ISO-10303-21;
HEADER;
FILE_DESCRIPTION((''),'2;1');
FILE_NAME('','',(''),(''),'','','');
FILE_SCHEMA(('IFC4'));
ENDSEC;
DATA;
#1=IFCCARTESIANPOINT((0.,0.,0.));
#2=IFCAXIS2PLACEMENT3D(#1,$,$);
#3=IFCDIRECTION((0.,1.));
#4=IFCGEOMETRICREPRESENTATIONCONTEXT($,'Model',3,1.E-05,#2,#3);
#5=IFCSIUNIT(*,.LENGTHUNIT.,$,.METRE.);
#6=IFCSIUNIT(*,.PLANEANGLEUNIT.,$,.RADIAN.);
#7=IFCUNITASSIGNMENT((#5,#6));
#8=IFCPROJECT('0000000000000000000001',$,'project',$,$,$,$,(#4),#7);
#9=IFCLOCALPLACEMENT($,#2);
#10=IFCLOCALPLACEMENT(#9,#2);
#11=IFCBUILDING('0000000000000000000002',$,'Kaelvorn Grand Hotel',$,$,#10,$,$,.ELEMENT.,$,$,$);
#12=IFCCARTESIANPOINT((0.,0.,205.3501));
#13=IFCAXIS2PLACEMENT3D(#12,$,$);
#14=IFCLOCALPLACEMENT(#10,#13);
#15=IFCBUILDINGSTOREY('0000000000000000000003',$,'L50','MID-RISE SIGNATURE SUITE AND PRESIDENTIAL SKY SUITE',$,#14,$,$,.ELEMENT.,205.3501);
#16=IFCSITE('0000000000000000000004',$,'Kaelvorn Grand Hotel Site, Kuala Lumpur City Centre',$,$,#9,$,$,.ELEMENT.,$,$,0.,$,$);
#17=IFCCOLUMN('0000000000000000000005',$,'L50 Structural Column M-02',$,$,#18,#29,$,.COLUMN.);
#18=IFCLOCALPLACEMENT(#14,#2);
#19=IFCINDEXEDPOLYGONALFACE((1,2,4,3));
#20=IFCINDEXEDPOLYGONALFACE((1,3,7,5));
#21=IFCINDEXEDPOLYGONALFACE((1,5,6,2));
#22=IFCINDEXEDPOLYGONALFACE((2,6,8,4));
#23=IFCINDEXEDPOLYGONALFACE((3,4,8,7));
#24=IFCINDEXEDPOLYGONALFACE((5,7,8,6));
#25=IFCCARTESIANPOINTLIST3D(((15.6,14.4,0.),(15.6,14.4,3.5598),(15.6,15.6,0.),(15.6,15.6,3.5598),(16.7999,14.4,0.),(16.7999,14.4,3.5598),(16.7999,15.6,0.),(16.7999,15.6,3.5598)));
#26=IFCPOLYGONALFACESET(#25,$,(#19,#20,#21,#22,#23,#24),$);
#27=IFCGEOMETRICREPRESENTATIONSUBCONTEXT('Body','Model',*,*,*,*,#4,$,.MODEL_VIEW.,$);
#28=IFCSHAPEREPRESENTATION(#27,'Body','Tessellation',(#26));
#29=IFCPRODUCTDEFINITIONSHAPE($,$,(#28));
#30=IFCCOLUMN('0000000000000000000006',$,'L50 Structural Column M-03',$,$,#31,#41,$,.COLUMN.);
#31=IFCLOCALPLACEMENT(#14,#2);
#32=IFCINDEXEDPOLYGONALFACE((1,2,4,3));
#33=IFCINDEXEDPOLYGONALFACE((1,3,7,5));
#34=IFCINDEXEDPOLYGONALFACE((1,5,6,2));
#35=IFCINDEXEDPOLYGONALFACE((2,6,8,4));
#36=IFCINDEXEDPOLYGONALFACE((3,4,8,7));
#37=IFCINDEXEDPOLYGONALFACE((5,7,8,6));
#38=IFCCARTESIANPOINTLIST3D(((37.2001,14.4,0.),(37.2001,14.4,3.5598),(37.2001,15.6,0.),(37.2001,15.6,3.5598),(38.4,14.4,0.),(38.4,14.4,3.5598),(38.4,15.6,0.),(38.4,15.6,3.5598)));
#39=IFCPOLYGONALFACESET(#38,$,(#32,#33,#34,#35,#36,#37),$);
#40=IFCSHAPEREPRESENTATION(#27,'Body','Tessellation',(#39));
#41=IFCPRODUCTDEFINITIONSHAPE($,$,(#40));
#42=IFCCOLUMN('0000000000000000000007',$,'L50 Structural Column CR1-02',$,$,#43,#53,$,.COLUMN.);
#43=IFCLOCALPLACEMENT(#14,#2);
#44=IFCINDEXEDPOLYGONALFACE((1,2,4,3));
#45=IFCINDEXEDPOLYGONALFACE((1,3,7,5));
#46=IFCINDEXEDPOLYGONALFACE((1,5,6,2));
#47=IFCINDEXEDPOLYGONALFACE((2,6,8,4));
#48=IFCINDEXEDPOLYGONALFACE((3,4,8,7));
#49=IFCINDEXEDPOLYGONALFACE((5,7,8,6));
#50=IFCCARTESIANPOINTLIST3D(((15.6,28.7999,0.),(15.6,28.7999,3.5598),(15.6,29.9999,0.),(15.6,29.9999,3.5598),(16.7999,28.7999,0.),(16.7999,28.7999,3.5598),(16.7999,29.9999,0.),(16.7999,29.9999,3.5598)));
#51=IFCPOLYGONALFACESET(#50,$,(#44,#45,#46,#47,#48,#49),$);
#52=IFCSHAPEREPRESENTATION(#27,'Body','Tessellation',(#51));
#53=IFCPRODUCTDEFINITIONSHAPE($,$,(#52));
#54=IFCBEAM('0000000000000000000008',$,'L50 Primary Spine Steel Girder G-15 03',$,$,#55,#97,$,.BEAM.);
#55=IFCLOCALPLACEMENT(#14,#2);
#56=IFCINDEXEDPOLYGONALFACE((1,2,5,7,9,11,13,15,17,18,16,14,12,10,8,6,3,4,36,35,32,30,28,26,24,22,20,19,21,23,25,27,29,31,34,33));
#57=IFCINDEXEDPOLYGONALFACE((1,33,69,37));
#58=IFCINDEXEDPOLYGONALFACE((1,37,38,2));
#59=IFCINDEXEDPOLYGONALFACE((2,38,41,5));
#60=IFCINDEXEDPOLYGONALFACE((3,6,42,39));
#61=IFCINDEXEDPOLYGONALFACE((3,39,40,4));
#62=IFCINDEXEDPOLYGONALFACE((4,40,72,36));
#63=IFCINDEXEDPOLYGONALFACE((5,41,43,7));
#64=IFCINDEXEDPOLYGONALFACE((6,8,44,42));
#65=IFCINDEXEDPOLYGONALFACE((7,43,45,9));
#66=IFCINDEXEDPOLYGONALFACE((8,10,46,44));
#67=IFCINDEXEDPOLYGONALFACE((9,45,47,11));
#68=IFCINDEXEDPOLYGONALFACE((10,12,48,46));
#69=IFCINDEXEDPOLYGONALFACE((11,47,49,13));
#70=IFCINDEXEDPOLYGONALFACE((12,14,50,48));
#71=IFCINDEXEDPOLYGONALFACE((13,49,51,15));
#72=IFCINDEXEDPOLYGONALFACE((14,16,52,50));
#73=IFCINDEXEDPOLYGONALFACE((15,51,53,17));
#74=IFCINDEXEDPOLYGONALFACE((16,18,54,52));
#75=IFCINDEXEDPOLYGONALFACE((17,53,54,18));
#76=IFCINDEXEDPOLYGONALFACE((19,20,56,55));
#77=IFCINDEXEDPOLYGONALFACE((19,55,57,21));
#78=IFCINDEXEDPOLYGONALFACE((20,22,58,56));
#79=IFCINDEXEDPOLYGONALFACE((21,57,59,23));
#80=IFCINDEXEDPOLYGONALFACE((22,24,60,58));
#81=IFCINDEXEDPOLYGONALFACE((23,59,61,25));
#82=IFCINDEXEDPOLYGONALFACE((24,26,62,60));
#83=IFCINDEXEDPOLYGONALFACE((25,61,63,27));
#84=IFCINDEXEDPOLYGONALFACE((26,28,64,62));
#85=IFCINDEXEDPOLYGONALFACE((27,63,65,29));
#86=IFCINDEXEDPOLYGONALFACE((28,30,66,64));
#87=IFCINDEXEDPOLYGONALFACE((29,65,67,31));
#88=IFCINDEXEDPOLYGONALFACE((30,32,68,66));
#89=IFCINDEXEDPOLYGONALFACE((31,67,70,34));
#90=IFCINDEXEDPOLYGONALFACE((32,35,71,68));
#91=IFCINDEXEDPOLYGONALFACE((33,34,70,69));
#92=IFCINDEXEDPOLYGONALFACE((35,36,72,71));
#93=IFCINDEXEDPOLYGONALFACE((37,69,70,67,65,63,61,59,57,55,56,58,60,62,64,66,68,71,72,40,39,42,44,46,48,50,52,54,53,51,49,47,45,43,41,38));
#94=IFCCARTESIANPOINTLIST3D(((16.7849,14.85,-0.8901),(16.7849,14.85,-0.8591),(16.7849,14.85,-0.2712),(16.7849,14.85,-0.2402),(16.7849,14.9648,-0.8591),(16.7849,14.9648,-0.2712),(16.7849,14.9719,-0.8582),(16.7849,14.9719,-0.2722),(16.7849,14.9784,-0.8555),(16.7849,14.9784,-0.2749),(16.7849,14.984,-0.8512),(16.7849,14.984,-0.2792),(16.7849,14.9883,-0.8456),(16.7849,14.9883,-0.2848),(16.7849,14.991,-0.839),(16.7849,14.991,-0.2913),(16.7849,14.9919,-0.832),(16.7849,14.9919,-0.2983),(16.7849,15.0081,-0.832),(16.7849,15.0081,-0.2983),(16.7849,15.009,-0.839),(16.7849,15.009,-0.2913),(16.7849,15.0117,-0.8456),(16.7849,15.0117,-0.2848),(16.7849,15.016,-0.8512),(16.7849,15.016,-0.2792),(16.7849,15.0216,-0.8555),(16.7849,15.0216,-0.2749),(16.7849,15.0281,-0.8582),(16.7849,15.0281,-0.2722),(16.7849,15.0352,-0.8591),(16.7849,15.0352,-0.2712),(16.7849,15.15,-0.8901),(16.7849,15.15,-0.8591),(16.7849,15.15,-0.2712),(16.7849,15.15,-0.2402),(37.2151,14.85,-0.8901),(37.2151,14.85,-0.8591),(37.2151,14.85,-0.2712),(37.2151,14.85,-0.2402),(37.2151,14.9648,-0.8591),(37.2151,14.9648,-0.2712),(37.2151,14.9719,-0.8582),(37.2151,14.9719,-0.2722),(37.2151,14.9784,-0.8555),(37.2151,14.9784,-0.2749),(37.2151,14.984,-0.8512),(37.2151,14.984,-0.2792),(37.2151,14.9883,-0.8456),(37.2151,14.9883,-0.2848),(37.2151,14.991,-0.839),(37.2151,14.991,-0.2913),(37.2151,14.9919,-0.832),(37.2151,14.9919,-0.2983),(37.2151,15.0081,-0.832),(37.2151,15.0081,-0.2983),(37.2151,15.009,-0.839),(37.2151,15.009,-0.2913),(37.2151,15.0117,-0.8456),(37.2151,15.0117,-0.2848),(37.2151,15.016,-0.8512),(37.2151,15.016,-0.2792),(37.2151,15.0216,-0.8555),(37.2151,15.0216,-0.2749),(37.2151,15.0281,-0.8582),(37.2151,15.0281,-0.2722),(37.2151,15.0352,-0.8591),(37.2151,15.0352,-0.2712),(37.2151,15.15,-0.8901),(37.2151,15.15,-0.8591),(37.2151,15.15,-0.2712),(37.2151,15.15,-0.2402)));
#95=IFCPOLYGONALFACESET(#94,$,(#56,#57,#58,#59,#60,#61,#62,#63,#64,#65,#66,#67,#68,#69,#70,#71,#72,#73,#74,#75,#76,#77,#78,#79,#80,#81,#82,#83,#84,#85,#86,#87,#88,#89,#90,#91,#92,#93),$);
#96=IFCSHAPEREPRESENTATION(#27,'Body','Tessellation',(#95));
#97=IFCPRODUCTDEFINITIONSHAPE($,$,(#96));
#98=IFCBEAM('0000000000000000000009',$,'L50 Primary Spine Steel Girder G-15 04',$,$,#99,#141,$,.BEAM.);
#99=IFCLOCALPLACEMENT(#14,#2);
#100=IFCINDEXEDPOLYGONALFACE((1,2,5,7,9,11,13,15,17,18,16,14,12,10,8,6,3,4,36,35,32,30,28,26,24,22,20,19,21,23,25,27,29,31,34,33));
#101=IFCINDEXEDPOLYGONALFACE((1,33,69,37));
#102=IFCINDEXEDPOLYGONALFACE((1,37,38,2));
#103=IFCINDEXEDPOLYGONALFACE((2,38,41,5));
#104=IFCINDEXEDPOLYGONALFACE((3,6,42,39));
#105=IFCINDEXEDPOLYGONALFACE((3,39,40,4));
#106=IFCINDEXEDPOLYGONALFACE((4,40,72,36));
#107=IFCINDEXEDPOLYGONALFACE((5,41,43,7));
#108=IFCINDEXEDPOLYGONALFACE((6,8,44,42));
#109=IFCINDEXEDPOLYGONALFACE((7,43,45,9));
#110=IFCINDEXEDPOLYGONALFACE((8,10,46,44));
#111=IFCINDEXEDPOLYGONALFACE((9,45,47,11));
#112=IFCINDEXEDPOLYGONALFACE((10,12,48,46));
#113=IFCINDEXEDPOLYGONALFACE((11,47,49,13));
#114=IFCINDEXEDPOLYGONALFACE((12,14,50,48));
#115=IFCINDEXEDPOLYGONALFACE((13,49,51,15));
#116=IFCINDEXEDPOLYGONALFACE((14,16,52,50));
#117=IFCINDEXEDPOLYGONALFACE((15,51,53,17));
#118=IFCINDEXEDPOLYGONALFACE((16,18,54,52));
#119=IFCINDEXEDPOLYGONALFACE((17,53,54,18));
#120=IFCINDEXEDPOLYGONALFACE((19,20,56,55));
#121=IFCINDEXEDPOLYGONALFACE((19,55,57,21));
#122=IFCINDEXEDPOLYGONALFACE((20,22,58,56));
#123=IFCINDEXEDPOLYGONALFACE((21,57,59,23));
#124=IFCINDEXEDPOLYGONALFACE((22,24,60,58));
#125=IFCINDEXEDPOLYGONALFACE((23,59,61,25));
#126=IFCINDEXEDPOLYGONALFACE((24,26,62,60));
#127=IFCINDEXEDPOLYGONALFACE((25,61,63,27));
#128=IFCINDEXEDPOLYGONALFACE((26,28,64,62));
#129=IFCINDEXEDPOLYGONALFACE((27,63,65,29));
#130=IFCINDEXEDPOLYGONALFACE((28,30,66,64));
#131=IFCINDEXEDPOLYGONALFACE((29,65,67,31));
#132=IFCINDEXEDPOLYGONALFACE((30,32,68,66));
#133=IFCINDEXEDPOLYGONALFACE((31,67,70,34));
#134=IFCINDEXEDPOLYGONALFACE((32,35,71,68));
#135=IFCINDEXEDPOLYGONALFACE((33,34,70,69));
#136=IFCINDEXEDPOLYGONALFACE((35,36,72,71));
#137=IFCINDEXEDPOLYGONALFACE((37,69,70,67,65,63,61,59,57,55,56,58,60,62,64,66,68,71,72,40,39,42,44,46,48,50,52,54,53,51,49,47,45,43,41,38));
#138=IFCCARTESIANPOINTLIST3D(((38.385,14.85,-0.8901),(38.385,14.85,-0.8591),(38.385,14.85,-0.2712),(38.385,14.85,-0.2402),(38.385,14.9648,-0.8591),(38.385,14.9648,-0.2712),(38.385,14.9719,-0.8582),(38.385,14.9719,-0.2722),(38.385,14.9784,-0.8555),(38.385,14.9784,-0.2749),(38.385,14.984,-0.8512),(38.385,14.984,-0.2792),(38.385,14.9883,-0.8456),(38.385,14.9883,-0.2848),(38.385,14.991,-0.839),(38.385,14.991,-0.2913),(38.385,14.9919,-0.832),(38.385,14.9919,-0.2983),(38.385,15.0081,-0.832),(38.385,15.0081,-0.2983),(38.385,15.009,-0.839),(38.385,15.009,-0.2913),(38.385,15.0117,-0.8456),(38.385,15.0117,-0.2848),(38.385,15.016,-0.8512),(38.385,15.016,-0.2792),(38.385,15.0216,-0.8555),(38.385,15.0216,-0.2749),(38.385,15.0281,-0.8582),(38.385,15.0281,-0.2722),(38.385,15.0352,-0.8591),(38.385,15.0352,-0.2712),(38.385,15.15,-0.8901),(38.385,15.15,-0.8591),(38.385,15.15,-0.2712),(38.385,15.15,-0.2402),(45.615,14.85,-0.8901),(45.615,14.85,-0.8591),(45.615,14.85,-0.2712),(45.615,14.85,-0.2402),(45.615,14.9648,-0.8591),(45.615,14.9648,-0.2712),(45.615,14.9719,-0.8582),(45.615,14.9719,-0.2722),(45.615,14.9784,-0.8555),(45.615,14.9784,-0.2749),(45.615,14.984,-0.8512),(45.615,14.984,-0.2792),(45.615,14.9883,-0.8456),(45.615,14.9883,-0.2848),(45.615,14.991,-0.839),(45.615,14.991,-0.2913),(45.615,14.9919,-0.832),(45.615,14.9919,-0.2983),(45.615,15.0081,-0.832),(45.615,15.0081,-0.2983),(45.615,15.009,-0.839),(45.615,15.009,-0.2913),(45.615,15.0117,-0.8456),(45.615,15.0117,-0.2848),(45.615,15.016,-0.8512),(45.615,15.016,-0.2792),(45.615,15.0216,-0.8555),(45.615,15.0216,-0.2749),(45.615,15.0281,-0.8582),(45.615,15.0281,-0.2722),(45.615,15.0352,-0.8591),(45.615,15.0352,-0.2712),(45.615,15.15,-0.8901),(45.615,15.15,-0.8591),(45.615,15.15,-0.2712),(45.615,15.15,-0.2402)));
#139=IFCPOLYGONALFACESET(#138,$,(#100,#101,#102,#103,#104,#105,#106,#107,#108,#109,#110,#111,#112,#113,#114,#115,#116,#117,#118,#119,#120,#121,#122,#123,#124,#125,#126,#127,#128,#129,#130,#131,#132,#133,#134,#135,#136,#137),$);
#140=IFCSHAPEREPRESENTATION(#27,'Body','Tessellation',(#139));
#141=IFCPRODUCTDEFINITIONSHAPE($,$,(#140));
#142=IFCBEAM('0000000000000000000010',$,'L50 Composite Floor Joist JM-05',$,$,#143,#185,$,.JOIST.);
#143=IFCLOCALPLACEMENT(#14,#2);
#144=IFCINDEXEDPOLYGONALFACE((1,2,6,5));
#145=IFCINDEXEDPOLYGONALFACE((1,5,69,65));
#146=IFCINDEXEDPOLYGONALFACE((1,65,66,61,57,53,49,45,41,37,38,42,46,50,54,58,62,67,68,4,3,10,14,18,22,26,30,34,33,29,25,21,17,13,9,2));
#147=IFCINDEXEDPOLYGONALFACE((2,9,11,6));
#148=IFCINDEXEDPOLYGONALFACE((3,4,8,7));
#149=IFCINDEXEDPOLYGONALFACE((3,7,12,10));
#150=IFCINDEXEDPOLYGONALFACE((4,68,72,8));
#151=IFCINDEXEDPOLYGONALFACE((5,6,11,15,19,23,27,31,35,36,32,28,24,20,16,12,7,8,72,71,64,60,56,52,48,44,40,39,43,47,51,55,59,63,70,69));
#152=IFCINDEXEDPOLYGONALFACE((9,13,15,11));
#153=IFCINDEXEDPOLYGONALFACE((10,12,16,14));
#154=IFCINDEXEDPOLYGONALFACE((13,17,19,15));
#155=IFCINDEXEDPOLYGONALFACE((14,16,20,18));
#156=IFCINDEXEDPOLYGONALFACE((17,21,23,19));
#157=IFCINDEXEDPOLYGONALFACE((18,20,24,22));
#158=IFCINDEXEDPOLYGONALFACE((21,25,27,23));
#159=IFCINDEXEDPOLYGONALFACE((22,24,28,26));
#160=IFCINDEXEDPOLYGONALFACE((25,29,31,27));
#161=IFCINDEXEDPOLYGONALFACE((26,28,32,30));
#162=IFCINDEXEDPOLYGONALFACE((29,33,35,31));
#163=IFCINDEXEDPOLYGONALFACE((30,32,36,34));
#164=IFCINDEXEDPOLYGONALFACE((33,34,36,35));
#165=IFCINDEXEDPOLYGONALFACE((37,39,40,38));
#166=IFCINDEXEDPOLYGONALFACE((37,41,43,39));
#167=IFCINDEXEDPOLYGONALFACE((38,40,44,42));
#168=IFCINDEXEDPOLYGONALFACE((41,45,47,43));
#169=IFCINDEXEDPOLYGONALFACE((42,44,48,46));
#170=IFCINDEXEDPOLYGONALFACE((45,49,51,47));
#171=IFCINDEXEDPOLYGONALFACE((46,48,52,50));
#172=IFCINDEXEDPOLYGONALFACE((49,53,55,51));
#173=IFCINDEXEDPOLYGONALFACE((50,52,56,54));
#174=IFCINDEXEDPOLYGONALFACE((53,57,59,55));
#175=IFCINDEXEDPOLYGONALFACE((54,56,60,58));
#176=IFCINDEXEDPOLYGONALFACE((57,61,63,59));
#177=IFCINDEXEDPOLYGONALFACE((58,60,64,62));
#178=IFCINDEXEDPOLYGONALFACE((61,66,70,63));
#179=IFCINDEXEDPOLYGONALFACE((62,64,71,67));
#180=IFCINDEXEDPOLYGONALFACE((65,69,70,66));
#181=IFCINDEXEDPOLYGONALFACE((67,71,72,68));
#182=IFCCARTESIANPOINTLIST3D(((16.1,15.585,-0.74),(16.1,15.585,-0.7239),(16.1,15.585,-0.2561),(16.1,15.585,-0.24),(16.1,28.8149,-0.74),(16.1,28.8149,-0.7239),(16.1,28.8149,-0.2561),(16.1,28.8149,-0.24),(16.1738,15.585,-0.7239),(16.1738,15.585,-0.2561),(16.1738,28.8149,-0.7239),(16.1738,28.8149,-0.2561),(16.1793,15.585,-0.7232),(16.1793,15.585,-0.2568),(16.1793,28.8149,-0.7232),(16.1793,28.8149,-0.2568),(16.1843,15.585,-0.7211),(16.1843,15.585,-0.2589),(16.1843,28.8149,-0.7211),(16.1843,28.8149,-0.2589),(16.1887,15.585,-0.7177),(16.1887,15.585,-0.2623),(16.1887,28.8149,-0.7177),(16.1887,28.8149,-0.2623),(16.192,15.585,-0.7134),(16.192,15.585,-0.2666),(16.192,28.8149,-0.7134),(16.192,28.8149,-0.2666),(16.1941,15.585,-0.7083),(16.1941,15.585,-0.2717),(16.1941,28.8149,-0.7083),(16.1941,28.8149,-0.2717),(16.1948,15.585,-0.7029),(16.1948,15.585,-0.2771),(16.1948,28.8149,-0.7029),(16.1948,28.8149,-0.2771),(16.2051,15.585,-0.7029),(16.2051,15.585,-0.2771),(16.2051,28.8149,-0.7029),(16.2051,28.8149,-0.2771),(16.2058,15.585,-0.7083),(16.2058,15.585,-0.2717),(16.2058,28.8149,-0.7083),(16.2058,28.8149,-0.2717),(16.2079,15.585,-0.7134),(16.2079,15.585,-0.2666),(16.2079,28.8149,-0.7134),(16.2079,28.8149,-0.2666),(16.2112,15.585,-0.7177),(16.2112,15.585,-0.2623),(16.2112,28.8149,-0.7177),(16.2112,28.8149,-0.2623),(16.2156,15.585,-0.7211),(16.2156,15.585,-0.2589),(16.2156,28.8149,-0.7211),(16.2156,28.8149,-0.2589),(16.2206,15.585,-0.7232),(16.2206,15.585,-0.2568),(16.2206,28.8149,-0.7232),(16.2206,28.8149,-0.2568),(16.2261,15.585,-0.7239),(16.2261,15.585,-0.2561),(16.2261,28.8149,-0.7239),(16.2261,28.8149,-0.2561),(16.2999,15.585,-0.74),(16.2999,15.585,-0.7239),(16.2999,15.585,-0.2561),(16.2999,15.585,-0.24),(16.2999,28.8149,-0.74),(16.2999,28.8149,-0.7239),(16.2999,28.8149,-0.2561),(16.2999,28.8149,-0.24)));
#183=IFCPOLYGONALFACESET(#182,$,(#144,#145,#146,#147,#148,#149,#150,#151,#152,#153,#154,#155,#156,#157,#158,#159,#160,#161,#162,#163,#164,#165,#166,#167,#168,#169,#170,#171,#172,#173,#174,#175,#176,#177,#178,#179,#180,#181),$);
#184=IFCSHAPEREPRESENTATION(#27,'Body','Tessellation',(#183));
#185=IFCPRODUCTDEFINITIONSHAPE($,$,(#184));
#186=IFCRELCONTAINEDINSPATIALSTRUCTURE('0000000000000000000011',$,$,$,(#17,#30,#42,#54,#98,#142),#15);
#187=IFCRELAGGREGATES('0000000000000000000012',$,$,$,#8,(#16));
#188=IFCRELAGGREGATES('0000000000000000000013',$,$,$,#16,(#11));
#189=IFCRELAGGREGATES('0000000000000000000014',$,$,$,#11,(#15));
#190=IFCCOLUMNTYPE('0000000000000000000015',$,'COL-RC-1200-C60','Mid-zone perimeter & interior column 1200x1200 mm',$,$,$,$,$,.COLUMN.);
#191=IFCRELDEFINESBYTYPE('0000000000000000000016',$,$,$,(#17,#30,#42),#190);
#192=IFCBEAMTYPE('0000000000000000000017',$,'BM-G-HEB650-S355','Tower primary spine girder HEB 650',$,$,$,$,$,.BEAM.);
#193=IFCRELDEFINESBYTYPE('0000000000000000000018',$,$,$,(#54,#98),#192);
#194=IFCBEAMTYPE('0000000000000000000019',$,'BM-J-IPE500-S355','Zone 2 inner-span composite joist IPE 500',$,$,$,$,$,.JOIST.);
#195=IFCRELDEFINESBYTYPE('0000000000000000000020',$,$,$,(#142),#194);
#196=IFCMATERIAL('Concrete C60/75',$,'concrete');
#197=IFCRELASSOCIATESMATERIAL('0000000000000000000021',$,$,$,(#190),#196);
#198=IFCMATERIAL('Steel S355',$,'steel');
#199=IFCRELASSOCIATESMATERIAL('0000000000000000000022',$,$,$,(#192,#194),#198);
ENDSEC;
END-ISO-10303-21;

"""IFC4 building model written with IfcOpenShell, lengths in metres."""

from ifc_helpers import new_model, si_unit, direction, frame, origin, origin_2d, place, context, subcontext, project, spatial, rectangle, i_section, extrude, material, material_profile, profile_set, type_object, element, save


model = new_model("IFC4")

# Units and contexts
model_context = context("Model", 3, precision=1e-05, world=origin(), true_north=direction((0.0, 1.0)))
body_context = subcontext(model_context, "Body", "Model", "MODEL_VIEW")
ifc_project = project(units=[si_unit("LENGTHUNIT", "METRE"), si_unit("PLANEANGLEUNIT", "RADIAN")], contexts=[model_context])

# Site, building, storey
site_placement = place(None, origin())
site = spatial("IfcSite", under=ifc_project, at=site_placement, Name="Kaelvorn Grand Hotel Site, Kuala Lumpur City Centre", CompositionType="ELEMENT", RefElevation=0.0)
building_placement = place(site_placement, origin())
building = spatial("IfcBuilding", under=site, at=building_placement, Name="Kaelvorn Grand Hotel", CompositionType="ELEMENT")
storey_placement = place(building_placement, frame((0.0, 0.0, 205.3501)))
storey = spatial("IfcBuildingStorey", under=building, at=storey_placement, Name="L50", Description="MID-RISE SIGNATURE SUITE AND PRESIDENTIAL SKY SUITE", CompositionType="ELEMENT", Elevation=205.3501)

# Columns
ifc_material_1 = material(Name="Concrete C60/75", Category="concrete")
ifc_material_profile_1 = material_profile(ifc_material_1, rectangle(XDim=1.2, YDim=1.2, at=origin_2d()), Name="RC COL 1200x1200")
ifc_profile_set_1 = profile_set([ifc_material_profile_1], Name="Concrete C60/75")
column_type = type_object("IfcColumnType", Name="COL-RC-1200-C60", Description="Mid-zone perimeter & interior column 1200x1200 mm", PredefinedType="COLUMN", material=ifc_profile_set_1)
for number, where, z_axis, x_axis, name in (
    (1, (16.2, 15.0, 0.0), (0.0, 0.0, 1.0), (1.0, 0.0, 0.0), "L50 Structural Column M-02"),
    (2, (37.8, 15.0, 0.0), (0.0, 0.0, 1.0), (1.0, 0.0, 0.0), "L50 Structural Column M-03"),
    (3, (16.2, 29.3999, 0.0), (0.0, 0.0, 1.0), (1.0, 0.0, 0.0), "L50 Structural Column CR1-02"),
):
    element("IfcColumn", number, at=place(storey_placement, frame(where, z_axis=z_axis, x_axis=x_axis)), inside=storey, type_object=column_type, Name=name, PredefinedType="COLUMN", context=body_context, shape_type="SweptSolid", body=[
        extrude(rectangle(XDim=1.2, YDim=1.2, at=origin_2d()), origin(), (0.0, 0.0, 1.0), 3.5598),
    ])

# Beams
ifc_material_2 = material(Name="Steel S355", Category="steel")
ifc_material_profile_2 = material_profile(ifc_material_2, i_section(OverallWidth=0.3, OverallDepth=0.6499, WebThickness=0.0161, FlangeThickness=0.031, FilletRadius=0.0271, at=origin_2d()), Name="HEB 650")
ifc_profile_set_2 = profile_set([ifc_material_profile_2], Name="Steel S355")
beam_type_1 = type_object("IfcBeamType", Name="BM-G-HEB650-S355", Description="Tower primary spine girder HEB 650", PredefinedType="BEAM", material=ifc_profile_set_2)
beam_1_placement = place(storey_placement, frame((16.7849, 15.0, -0.5652), z_axis=(1.0, 0.0, 0.0), x_axis=(0.0, 1.0, 0.0)))
element("IfcBeam", 4, at=beam_1_placement, inside=storey, type_object=beam_type_1, Name="L50 Primary Spine Steel Girder G-15 03", PredefinedType="BEAM", context=body_context, shape_type="SweptSolid", body=[
    extrude(i_section(OverallWidth=0.3, OverallDepth=0.6499, WebThickness=0.0161, FlangeThickness=0.031, FilletRadius=0.0271, at=origin_2d()), origin(), (0.0, 0.0, 1.0), 20.4302),
])
beam_2_placement = place(storey_placement, frame((38.385, 15.0, -0.5652), z_axis=(1.0, 0.0, 0.0), x_axis=(0.0, 1.0, 0.0)))
element("IfcBeam", 5, at=beam_2_placement, inside=storey, type_object=beam_type_1, Name="L50 Primary Spine Steel Girder G-15 04", PredefinedType="BEAM", context=body_context, shape_type="SweptSolid", body=[
    extrude(i_section(OverallWidth=0.3, OverallDepth=0.6499, WebThickness=0.0161, FlangeThickness=0.031, FilletRadius=0.0271, at=origin_2d()), origin(), (0.0, 0.0, 1.0), 7.23),
])
ifc_material_profile_3 = material_profile(ifc_material_2, i_section(OverallWidth=0.2, OverallDepth=0.5, WebThickness=0.0103, FlangeThickness=0.0161, FilletRadius=0.021, at=origin_2d()), Name="IPE 500")
ifc_profile_set_3 = profile_set([ifc_material_profile_3], Name="Steel S355")
beam_type_2 = type_object("IfcBeamType", Name="BM-J-IPE500-S355", Description="Zone 2 inner-span composite joist IPE 500", PredefinedType="JOIST", material=ifc_profile_set_3)
beam_3_placement = place(storey_placement, frame((16.2, 15.585, -0.49), z_axis=(0.0, 1.0, 0.0), x_axis=(-1.0, 0.0, 0.0)))
element("IfcBeam", 6, at=beam_3_placement, inside=storey, type_object=beam_type_2, Name="L50 Composite Floor Joist JM-05", PredefinedType="JOIST", context=body_context, shape_type="SweptSolid", body=[
    extrude(i_section(OverallWidth=0.2, OverallDepth=0.5, WebThickness=0.0103, FlangeThickness=0.0161, FilletRadius=0.021, at=origin_2d()), origin(), (0.0, 0.0, 1.0), 13.23),
])

save(model, "model.ifc")
